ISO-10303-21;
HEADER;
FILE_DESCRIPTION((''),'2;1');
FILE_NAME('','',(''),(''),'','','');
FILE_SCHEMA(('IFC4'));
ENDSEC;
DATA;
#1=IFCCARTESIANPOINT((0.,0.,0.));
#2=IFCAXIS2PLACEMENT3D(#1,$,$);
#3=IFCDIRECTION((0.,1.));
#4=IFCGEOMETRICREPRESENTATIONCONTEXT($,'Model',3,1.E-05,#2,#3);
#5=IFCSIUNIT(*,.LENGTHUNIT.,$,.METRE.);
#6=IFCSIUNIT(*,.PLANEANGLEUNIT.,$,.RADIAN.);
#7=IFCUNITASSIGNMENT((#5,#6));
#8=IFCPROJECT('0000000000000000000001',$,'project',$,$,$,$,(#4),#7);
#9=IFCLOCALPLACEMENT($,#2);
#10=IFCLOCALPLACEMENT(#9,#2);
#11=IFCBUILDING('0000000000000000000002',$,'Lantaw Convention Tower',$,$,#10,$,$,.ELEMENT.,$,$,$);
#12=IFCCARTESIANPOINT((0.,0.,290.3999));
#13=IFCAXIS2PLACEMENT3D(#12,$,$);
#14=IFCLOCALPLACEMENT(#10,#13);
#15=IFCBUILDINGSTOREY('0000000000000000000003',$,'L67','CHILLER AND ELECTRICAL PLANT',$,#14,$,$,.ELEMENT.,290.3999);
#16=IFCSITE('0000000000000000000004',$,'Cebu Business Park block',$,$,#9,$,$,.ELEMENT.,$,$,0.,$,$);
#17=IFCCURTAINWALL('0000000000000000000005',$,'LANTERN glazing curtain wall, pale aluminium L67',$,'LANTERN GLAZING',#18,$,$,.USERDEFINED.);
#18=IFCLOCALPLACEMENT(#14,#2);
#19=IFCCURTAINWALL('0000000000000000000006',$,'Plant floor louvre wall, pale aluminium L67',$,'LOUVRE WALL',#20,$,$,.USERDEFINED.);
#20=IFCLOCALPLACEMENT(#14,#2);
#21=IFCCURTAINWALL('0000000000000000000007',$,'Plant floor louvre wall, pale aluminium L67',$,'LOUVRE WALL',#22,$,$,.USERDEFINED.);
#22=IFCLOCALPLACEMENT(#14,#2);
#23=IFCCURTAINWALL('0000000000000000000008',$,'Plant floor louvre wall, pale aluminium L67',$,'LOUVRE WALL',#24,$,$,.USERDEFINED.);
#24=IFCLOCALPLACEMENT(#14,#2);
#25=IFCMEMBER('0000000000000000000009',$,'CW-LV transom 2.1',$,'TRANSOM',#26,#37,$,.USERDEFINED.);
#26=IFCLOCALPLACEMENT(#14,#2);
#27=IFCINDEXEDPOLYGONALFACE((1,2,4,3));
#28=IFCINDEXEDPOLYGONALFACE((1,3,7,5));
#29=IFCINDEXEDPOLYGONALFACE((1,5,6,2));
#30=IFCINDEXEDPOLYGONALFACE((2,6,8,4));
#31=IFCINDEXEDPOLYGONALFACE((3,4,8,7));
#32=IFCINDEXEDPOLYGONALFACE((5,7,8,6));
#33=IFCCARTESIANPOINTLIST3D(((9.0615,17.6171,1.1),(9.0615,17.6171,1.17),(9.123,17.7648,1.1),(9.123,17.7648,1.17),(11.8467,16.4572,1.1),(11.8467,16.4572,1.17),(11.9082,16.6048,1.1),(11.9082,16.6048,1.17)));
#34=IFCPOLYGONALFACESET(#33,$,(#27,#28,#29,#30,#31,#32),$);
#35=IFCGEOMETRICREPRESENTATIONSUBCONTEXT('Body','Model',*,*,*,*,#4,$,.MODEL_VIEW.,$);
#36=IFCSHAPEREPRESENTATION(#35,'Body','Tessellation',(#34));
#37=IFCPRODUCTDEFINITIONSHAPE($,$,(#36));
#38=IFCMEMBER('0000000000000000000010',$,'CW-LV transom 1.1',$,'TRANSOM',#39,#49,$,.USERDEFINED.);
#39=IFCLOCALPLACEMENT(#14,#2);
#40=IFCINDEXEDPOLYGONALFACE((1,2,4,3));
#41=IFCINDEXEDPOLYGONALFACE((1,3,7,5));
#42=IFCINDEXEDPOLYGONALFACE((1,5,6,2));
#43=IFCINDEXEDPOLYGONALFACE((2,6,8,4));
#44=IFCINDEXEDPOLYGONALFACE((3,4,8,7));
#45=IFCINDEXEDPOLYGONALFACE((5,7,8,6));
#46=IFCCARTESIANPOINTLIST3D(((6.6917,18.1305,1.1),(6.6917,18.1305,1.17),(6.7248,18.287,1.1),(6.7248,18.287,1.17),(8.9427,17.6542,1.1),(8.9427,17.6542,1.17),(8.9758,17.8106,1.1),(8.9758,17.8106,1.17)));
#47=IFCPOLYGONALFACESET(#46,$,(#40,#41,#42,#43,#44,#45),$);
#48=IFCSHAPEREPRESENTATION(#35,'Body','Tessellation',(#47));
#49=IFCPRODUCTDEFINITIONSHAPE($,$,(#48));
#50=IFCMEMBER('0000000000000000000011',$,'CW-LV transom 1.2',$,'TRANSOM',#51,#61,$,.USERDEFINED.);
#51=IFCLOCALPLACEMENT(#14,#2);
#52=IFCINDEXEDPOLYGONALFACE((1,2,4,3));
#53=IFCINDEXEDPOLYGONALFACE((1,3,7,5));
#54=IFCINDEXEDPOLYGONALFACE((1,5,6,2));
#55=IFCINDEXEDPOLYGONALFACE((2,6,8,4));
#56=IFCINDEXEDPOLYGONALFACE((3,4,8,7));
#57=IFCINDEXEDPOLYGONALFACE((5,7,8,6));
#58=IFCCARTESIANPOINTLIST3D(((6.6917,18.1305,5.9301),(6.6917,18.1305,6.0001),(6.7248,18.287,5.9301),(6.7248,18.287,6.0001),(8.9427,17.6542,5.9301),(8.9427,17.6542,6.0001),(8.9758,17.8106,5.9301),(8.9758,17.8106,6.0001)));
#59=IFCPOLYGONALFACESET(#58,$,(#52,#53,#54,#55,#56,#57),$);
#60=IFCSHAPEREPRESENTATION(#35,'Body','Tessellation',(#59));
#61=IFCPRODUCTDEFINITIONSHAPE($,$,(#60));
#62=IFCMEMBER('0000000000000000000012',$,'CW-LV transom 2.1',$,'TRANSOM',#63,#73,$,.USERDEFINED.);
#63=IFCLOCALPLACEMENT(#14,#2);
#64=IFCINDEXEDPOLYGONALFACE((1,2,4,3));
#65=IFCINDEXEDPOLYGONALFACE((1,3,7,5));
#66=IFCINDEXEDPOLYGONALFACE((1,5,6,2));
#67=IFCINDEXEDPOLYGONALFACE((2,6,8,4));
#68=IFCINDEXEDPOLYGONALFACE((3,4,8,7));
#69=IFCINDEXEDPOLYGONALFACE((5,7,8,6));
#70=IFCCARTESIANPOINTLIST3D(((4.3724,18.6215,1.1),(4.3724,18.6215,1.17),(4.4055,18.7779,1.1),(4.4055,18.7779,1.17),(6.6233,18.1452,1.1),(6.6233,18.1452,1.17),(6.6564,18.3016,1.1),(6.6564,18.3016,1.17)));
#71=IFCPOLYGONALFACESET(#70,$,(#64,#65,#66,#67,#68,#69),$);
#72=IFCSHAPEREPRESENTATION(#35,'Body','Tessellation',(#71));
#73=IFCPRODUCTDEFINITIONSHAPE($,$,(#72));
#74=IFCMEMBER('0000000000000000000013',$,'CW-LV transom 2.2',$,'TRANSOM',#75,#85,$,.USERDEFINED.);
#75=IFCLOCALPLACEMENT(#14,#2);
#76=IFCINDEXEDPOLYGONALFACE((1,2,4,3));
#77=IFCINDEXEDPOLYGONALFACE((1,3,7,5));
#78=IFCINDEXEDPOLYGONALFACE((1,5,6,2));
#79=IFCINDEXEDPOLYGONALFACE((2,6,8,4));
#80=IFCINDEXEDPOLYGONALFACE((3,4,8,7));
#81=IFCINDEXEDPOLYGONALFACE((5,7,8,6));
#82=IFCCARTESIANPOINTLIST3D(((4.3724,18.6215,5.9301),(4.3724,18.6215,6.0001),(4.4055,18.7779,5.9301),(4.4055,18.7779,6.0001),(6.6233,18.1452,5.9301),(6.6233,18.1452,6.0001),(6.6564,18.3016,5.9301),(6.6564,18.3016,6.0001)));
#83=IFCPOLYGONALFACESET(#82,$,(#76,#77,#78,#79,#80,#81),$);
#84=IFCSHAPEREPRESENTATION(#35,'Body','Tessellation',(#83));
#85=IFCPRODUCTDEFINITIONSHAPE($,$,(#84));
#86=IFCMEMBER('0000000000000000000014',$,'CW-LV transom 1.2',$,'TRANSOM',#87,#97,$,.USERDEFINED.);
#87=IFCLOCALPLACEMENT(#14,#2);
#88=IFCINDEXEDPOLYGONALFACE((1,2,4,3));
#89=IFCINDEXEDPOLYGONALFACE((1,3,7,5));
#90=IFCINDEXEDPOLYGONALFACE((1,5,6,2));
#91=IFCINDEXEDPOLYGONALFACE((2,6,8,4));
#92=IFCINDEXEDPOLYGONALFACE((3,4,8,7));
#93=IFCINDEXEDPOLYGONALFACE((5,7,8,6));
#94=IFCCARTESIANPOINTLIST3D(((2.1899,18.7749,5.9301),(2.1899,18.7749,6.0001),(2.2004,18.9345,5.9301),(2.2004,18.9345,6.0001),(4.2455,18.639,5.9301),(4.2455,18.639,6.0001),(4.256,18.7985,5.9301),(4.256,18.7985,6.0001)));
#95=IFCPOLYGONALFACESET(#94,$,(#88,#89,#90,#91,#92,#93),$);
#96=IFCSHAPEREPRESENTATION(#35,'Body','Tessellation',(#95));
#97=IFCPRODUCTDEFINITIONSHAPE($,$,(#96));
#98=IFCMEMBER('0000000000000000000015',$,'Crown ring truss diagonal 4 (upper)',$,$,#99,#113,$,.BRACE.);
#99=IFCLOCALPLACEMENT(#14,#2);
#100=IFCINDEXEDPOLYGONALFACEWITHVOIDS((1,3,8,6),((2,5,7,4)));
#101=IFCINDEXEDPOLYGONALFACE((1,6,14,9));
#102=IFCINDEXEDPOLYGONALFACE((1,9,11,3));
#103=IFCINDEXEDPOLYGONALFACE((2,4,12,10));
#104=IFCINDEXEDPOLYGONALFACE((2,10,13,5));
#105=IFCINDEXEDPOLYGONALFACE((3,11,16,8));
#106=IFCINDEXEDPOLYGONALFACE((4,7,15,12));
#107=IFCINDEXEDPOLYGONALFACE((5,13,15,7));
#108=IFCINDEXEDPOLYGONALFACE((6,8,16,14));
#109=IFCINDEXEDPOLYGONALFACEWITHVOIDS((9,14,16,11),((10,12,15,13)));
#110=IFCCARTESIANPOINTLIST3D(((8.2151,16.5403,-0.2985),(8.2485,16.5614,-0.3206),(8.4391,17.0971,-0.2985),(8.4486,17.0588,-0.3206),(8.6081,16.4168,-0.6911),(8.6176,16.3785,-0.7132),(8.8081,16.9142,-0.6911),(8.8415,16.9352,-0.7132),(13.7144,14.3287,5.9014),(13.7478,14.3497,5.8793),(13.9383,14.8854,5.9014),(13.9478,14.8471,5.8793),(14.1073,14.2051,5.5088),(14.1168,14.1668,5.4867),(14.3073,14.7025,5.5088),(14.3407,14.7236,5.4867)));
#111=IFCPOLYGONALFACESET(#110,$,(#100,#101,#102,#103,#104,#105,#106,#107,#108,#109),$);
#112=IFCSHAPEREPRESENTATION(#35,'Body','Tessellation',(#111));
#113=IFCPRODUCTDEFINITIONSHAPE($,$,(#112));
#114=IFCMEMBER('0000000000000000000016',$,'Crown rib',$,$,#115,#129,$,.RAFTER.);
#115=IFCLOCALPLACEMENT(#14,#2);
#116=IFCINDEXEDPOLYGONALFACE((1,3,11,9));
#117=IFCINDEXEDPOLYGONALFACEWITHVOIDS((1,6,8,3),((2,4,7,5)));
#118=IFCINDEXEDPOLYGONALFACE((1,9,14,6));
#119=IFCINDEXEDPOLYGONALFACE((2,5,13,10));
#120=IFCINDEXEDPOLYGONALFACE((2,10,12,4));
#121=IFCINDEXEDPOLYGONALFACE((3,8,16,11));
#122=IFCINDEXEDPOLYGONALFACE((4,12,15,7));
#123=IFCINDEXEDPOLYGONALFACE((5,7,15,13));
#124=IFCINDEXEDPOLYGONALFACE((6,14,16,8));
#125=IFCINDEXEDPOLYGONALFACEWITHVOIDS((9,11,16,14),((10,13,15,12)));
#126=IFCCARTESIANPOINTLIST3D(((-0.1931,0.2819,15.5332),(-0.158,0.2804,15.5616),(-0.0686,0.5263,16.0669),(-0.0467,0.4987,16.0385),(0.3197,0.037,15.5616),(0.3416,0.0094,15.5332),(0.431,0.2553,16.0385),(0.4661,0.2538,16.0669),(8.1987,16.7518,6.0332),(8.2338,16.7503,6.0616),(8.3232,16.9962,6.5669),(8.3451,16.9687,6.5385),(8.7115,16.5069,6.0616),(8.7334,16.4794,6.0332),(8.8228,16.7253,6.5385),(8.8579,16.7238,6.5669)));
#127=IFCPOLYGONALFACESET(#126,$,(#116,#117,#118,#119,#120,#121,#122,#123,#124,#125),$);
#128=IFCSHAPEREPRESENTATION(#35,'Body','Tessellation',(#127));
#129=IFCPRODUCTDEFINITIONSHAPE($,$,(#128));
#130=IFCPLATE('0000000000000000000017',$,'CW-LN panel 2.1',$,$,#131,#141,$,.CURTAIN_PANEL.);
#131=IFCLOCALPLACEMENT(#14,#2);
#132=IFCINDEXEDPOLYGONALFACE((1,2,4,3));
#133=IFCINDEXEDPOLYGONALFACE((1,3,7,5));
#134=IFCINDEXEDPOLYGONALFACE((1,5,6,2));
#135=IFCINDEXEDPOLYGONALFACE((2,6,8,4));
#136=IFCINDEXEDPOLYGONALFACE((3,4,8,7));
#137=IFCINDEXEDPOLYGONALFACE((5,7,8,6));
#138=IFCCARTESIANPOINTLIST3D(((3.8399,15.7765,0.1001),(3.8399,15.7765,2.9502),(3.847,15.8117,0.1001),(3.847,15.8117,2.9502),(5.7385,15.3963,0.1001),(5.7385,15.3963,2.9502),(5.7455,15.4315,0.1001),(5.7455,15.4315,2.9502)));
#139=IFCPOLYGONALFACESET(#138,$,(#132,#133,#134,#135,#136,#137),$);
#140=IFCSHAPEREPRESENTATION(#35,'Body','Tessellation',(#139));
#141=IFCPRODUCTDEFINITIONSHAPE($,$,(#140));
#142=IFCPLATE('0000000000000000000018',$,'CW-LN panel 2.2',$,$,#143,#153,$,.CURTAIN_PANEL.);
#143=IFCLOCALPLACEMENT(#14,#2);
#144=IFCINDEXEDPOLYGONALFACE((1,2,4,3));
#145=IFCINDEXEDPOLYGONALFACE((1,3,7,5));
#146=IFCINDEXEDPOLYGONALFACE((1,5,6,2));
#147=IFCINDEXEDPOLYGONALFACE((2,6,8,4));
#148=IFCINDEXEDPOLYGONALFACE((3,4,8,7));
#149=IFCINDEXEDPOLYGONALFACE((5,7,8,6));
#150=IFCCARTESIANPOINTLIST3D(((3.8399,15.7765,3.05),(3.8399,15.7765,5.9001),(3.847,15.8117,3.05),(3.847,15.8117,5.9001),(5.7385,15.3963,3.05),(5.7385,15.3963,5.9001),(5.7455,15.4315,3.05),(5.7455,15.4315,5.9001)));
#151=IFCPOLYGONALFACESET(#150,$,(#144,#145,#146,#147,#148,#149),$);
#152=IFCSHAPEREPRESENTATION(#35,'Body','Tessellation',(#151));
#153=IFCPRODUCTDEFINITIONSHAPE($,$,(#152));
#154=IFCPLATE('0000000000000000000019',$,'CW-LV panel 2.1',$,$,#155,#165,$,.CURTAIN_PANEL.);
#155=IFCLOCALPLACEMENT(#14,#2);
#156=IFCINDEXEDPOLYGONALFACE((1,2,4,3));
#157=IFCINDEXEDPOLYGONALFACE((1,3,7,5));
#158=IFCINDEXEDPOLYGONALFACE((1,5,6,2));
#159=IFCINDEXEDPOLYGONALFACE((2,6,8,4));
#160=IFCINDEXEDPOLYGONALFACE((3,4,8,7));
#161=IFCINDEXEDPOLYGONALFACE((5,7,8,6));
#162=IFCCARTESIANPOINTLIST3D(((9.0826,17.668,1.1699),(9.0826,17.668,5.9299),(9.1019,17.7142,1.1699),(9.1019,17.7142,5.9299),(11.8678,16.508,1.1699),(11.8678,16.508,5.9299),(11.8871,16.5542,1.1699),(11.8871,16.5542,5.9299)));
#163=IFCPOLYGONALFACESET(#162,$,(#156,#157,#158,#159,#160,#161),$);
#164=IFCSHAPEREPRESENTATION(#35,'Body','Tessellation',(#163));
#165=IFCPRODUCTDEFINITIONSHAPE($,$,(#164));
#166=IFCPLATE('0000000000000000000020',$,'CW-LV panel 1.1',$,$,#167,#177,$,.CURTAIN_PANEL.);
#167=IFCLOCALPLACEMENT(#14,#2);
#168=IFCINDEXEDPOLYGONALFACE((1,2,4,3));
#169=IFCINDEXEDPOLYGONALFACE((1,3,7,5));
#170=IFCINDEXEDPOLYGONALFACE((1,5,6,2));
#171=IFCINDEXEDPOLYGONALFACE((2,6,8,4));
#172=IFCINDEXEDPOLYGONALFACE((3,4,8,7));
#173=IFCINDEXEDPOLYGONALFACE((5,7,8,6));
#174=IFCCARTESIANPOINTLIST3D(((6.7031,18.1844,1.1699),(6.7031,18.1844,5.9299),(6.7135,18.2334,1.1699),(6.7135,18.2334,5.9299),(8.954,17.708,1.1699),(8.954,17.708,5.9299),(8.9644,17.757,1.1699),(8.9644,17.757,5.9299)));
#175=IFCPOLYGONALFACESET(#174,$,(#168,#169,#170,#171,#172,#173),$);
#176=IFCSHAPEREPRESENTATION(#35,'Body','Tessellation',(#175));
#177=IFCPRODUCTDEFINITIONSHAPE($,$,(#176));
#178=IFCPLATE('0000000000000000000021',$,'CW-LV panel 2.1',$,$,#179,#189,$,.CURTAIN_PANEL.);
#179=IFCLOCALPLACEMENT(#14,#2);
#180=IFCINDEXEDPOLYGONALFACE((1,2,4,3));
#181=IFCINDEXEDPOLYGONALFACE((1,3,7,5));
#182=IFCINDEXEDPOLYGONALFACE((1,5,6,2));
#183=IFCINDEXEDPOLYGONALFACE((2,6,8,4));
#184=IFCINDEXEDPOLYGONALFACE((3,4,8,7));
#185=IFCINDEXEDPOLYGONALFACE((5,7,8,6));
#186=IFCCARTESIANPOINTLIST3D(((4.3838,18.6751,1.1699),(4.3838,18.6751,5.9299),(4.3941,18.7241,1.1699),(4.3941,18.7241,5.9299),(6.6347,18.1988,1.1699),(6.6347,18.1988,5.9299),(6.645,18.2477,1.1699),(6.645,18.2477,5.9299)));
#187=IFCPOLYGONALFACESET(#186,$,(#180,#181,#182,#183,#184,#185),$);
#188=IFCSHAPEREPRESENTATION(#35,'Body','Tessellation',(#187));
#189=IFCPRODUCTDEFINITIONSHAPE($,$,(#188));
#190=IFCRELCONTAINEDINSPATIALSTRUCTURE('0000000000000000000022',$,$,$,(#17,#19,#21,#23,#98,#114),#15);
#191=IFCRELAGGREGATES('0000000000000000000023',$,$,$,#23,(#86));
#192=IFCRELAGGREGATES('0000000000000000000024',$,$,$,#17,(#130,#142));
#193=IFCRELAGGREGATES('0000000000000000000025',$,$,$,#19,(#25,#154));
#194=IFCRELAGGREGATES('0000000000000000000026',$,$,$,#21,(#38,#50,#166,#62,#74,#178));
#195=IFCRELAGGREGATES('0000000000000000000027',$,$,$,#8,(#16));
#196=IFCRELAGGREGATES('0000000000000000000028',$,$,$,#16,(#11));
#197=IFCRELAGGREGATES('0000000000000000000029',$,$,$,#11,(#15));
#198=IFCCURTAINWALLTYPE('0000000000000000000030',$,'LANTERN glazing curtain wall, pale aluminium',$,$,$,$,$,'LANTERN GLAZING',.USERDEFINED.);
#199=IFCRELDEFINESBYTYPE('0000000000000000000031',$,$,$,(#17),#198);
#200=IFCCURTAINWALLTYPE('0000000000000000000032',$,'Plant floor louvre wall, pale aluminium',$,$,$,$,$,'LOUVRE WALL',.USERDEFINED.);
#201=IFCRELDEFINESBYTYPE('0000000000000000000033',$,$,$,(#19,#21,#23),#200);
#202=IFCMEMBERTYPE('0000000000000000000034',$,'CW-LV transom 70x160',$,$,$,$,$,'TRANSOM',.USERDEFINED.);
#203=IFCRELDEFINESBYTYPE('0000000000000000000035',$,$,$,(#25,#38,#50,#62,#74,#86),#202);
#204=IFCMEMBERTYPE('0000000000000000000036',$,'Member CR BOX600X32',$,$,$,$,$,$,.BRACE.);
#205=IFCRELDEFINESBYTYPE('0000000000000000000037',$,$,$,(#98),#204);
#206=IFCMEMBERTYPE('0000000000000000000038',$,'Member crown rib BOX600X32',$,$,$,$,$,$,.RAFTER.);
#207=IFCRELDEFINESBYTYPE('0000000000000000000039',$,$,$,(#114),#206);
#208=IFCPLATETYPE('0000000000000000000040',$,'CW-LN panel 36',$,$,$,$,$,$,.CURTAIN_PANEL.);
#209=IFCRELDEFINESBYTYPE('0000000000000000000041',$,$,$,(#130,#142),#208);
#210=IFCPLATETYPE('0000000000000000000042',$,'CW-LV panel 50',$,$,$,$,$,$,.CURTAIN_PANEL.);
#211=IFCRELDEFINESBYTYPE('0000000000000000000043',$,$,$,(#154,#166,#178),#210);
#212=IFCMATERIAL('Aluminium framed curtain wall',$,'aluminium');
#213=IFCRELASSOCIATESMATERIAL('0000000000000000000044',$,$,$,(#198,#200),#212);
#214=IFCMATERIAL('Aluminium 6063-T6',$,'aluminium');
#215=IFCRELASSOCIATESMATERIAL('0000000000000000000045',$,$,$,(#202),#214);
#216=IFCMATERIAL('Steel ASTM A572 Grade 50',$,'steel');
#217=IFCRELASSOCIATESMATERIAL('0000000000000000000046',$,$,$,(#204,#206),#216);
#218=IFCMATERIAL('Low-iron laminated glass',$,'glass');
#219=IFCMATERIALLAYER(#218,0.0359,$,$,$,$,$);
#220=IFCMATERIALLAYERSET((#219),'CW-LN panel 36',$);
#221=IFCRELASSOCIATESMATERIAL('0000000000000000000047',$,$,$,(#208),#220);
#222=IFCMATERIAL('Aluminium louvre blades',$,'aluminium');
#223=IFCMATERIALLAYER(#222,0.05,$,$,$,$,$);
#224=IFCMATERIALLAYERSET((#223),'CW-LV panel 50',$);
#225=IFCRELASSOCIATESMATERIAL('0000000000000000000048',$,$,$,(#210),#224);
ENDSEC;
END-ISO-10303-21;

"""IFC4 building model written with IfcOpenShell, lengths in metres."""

from ifc_helpers import new_model, si_unit, direction, frame, origin, origin_2d, place, context, subcontext, project, spatial, rectangle, hollow_rectangle, extrude, material, layer, layer_set, material_profile, profile_set, type_object, element, aggregate, save


model = new_model("IFC4")

# Units and contexts
model_context = context("Model", 3, precision=1e-05, world=origin(), true_north=direction((0.0, 1.0)))
body_context = subcontext(model_context, "Body", "Model", "MODEL_VIEW")
ifc_project = project(units=[si_unit("LENGTHUNIT", "METRE"), si_unit("PLANEANGLEUNIT", "RADIAN")], contexts=[model_context])

# Site, building, storey
site_placement = place(None, origin())
site = spatial("IfcSite", under=ifc_project, at=site_placement, Name="Cebu Business Park block", CompositionType="ELEMENT", RefElevation=0.0)
building_placement = place(site_placement, origin())
building = spatial("IfcBuilding", under=site, at=building_placement, Name="Lantaw Convention Tower", CompositionType="ELEMENT")
storey_placement = place(building_placement, frame((0.0, 0.0, 290.3999)))
storey = spatial("IfcBuildingStorey", under=building, at=storey_placement, Name="L67", Description="CHILLER AND ELECTRICAL PLANT", CompositionType="ELEMENT", Elevation=290.3999)

# Shared definitions
ifc_material_1 = material(Name="Steel ASTM A572 Grade 50", Category="steel")

# Curtain wall
ifc_material_2 = material(Name="Aluminium framed curtain wall", Category="aluminium")
curtain_wall_type_1 = type_object("IfcCurtainWallType", Name="LANTERN glazing curtain wall, pale aluminium", ElementType="LANTERN GLAZING", PredefinedType="USERDEFINED", material=ifc_material_2)
curtain_wall_1_placement = place(storey_placement, origin())
curtain_wall_1 = element("IfcCurtainWall", 1, at=curtain_wall_1_placement, inside=storey, type_object=curtain_wall_type_1, Name="LANTERN glazing curtain wall, pale aluminium L67", ObjectType="LANTERN GLAZING", PredefinedType="USERDEFINED")
ifc_material_3 = material(Name="Aluminium 6063-T6", Category="aluminium")

# Curtain wall
curtain_wall_type_2 = type_object("IfcCurtainWallType", Name="Plant floor louvre wall, pale aluminium", ElementType="LOUVRE WALL", PredefinedType="USERDEFINED", material=ifc_material_2)
curtain_wall_2_placement = place(storey_placement, origin())
curtain_wall_2 = element("IfcCurtainWall", 2, at=curtain_wall_2_placement, inside=storey, type_object=curtain_wall_type_2, Name="Plant floor louvre wall, pale aluminium L67", ObjectType="LOUVRE WALL", PredefinedType="USERDEFINED")

# Curtain wall
curtain_wall_3_placement = place(storey_placement, origin())
curtain_wall_3 = element("IfcCurtainWall", 3, at=curtain_wall_3_placement, inside=storey, type_object=curtain_wall_type_2, Name="Plant floor louvre wall, pale aluminium L67", ObjectType="LOUVRE WALL", PredefinedType="USERDEFINED")

# Curtain wall
curtain_wall_4_placement = place(storey_placement, origin())
curtain_wall_4 = element("IfcCurtainWall", 4, at=curtain_wall_4_placement, inside=storey, type_object=curtain_wall_type_2, Name="Plant floor louvre wall, pale aluminium L67", ObjectType="LOUVRE WALL", PredefinedType="USERDEFINED")

# Members
ifc_material_profile_1 = material_profile(ifc_material_3, rectangle(XDim=0.1599, YDim=0.0701, at=origin_2d()), Name="CW-LV transom 70x160")
ifc_profile_set_1 = profile_set([ifc_material_profile_1], Name="Aluminium 6063-T6")
member_type_1 = type_object("IfcMemberType", Name="CW-LV transom 70x160", ElementType="TRANSOM", PredefinedType="USERDEFINED", material=ifc_profile_set_1)
member_1_placement = place(storey_placement, frame((11.8774, 16.531, 1.135), z_axis=(-0.923144, 0.384454, 0.0), x_axis=(-0.384454, -0.923144, 0.0)))
member_1 = element("IfcMember", 5, at=member_1_placement, type_object=member_type_1, Name="CW-LV transom 2.1", ObjectType="TRANSOM", PredefinedType="USERDEFINED", context=body_context, shape_type="SweptSolid", body=[
    extrude(rectangle(XDim=0.1599, YDim=0.0701, at=origin_2d()), origin(), (0.0, 0.0, 1.0), 3.0171),
])
member_2_placement = place(storey_placement, frame((8.9592, 17.7324, 1.135), z_axis=(-0.978336, 0.207021, 0.0), x_axis=(-0.207021, -0.978336, 0.0)))
member_2 = element("IfcMember", 6, at=member_2_placement, type_object=member_type_1, Name="CW-LV transom 1.1", ObjectType="TRANSOM", PredefinedType="USERDEFINED", context=body_context, shape_type="SweptSolid", body=[
    extrude(rectangle(XDim=0.1599, YDim=0.0701, at=origin_2d()), origin(), (0.0, 0.0, 1.0), 2.3008),
])
member_3_placement = place(storey_placement, frame((8.9592, 17.7324, 5.9651), z_axis=(-0.978336, 0.207021, 0.0), x_axis=(-0.207021, -0.978336, 0.0)))
member_3 = element("IfcMember", 7, at=member_3_placement, type_object=member_type_1, Name="CW-LV transom 1.2", ObjectType="TRANSOM", PredefinedType="USERDEFINED", context=body_context, shape_type="SweptSolid", body=[
    extrude(rectangle(XDim=0.1599, YDim=0.0701, at=origin_2d()), origin(), (0.0, 0.0, 1.0), 2.3008),
])
member_4_placement = place(storey_placement, frame((6.6399, 18.2234, 1.135), z_axis=(-0.978336, 0.207021, 0.0), x_axis=(-0.207021, -0.978336, 0.0)))
member_4 = element("IfcMember", 8, at=member_4_placement, type_object=member_type_1, Name="CW-LV transom 2.1", ObjectType="TRANSOM", PredefinedType="USERDEFINED", context=body_context, shape_type="SweptSolid", body=[
    extrude(rectangle(XDim=0.1599, YDim=0.0701, at=origin_2d()), origin(), (0.0, 0.0, 1.0), 2.3008),
])
member_5_placement = place(storey_placement, frame((6.6399, 18.2234, 5.9651), z_axis=(-0.978336, 0.207021, 0.0), x_axis=(-0.207021, -0.978336, 0.0)))
member_5 = element("IfcMember", 9, at=member_5_placement, type_object=member_type_1, Name="CW-LV transom 2.2", ObjectType="TRANSOM", PredefinedType="USERDEFINED", context=body_context, shape_type="SweptSolid", body=[
    extrude(rectangle(XDim=0.1599, YDim=0.0701, at=origin_2d()), origin(), (0.0, 0.0, 1.0), 2.3008),
])
member_6_placement = place(storey_placement, frame((4.2507, 18.7188, 5.9651), z_axis=(-0.997819, 0.066008, 0.0), x_axis=(-0.066008, -0.997819, 0.0)))
member_6 = element("IfcMember", 10, at=member_6_placement, type_object=member_type_1, Name="CW-LV transom 1.2", ObjectType="TRANSOM", PredefinedType="USERDEFINED", context=body_context, shape_type="SweptSolid", body=[
    extrude(rectangle(XDim=0.1599, YDim=0.0701, at=origin_2d()), origin(), (0.0, 0.0, 1.0), 2.0601),
])
aggregate(curtain_wall_4, [member_6])

# Members
ifc_material_profile_2 = material_profile(ifc_material_1, hollow_rectangle(XDim=0.6001, YDim=0.6001, WallThickness=0.032, at=origin_2d()), Name="BOX600X32")
ifc_profile_set_2 = profile_set([ifc_material_profile_2], Name="Steel ASTM A572 Grade 50")
member_type_2 = type_object("IfcMemberType", Name="Member CR BOX600X32", PredefinedType="BRACE", material=ifc_profile_set_2)
member_7_placement = place(storey_placement, frame((8.5283, 16.7378, -0.5059), z_axis=(0.64113, -0.257847, 0.722819), x_axis=(0.37313, 0.927779, 0.0)))
element("IfcMember", 11, at=member_7_placement, inside=storey, type_object=member_type_2, Name="Crown ring truss diagonal 4 (upper)", PredefinedType="BRACE", context=body_context, shape_type="SweptSolid", body=[
    extrude(hollow_rectangle(XDim=0.6001, YDim=0.6001, WallThickness=0.032, at=origin_2d()), origin(), (0.0, 0.0, 1.0), 8.5774),
])
ifc_material_profile_3 = material_profile(ifc_material_1, hollow_rectangle(XDim=0.6001, YDim=0.6001, WallThickness=0.032, at=origin_2d()), Name="BOX600X32")
ifc_profile_set_3 = profile_set([ifc_material_profile_3], Name="Steel ASTM A572 Grade 50")
member_type_3 = type_object("IfcMemberType", Name="Member crown rib BOX600X32", PredefinedType="RAFTER", material=ifc_profile_set_3)
member_8_placement = place(storey_placement, frame((8.5283, 16.7378, 6.3), z_axis=(-0.403784, -0.792473, 0.457104), x_axis=(0.891007, -0.453989, 0.0)))
element("IfcMember", 12, at=member_8_placement, inside=storey, type_object=member_type_3, Name="Crown rib", PredefinedType="RAFTER", context=body_context, shape_type="SweptSolid", body=[
    extrude(hollow_rectangle(XDim=0.6001, YDim=0.6001, WallThickness=0.032, at=origin_2d()), origin(), (0.0, 0.0, 1.0), 20.783),
])

# Plates
ifc_material_4 = material(Name="Low-iron laminated glass", Category="glass")
ifc_layer_1 = layer(ifc_material_4, 0.0359)
ifc_layer_set_1 = layer_set([ifc_layer_1], Name="CW-LN panel 36")
plate_type_1 = type_object("IfcPlateType", Name="CW-LN panel 36", PredefinedType="CURTAIN_PANEL", material=ifc_layer_set_1)
plate_1_placement = place(storey_placement, frame((4.7927, 15.604, 0.1001), z_axis=(0.0, 0.0, 1.0), x_axis=(-0.98053, 0.196367, 0.0)))
plate_1 = element("IfcPlate", 13, at=plate_1_placement, type_object=plate_type_1, Name="CW-LN panel 2.1", PredefinedType="CURTAIN_PANEL", context=body_context, shape_type="SweptSolid", body=[
    extrude(rectangle(XDim=1.9363, YDim=0.0359, at=origin_2d()), origin(), (0.0, 0.0, 1.0), 2.8501),
])
plate_2_placement = place(storey_placement, frame((4.7927, 15.604, 3.05), z_axis=(0.0, 0.0, 1.0), x_axis=(-0.98053, 0.196367, 0.0)))
plate_2 = element("IfcPlate", 14, at=plate_2_placement, type_object=plate_type_1, Name="CW-LN panel 2.2", PredefinedType="CURTAIN_PANEL", context=body_context, shape_type="SweptSolid", body=[
    extrude(rectangle(XDim=1.9363, YDim=0.0359, at=origin_2d()), origin(), (0.0, 0.0, 1.0), 2.8501),
])
aggregate(curtain_wall_1, [plate_1, plate_2])
ifc_material_5 = material(Name="Aluminium louvre blades", Category="aluminium")
ifc_layer_2 = layer(ifc_material_5, 0.05)
ifc_layer_set_2 = layer_set([ifc_layer_2], Name="CW-LV panel 50")
plate_type_2 = type_object("IfcPlateType", Name="CW-LV panel 50", PredefinedType="CURTAIN_PANEL", material=ifc_layer_set_2)
plate_3_placement = place(storey_placement, frame((10.4849, 17.1111, 1.1699), z_axis=(0.0, 0.0, 1.0), x_axis=(-0.923142, 0.38446, 0.0)))
plate_3 = element("IfcPlate", 15, at=plate_3_placement, type_object=plate_type_2, Name="CW-LV panel 2.1", PredefinedType="CURTAIN_PANEL", context=body_context, shape_type="SweptSolid", body=[
    extrude(rectangle(XDim=3.0171, YDim=0.05, at=origin_2d()), origin(), (0.0, 0.0, 1.0), 4.76),
])
aggregate(curtain_wall_2, [member_1, plate_3])
plate_4_placement = place(storey_placement, frame((7.8337, 17.9707, 1.1699), z_axis=(0.0, 0.0, 1.0), x_axis=(-0.978332, 0.20704, 0.0)))
plate_4 = element("IfcPlate", 16, at=plate_4_placement, type_object=plate_type_2, Name="CW-LV panel 1.1", PredefinedType="CURTAIN_PANEL", context=body_context, shape_type="SweptSolid", body=[
    extrude(rectangle(XDim=2.3008, YDim=0.05, at=origin_2d()), origin(), (0.0, 0.0, 1.0), 4.76),
])
plate_5_placement = place(storey_placement, frame((5.5144, 18.4614, 1.1699), z_axis=(0.0, 0.0, 1.0), x_axis=(-0.978332, 0.20704, 0.0)))
plate_5 = element("IfcPlate", 17, at=plate_5_placement, type_object=plate_type_2, Name="CW-LV panel 2.1", PredefinedType="CURTAIN_PANEL", context=body_context, shape_type="SweptSolid", body=[
    extrude(rectangle(XDim=2.3008, YDim=0.05, at=origin_2d()), origin(), (0.0, 0.0, 1.0), 4.76),
])
aggregate(curtain_wall_3, [member_2, member_3, plate_4, member_4, member_5, plate_5])

save(model, "model.ifc")
